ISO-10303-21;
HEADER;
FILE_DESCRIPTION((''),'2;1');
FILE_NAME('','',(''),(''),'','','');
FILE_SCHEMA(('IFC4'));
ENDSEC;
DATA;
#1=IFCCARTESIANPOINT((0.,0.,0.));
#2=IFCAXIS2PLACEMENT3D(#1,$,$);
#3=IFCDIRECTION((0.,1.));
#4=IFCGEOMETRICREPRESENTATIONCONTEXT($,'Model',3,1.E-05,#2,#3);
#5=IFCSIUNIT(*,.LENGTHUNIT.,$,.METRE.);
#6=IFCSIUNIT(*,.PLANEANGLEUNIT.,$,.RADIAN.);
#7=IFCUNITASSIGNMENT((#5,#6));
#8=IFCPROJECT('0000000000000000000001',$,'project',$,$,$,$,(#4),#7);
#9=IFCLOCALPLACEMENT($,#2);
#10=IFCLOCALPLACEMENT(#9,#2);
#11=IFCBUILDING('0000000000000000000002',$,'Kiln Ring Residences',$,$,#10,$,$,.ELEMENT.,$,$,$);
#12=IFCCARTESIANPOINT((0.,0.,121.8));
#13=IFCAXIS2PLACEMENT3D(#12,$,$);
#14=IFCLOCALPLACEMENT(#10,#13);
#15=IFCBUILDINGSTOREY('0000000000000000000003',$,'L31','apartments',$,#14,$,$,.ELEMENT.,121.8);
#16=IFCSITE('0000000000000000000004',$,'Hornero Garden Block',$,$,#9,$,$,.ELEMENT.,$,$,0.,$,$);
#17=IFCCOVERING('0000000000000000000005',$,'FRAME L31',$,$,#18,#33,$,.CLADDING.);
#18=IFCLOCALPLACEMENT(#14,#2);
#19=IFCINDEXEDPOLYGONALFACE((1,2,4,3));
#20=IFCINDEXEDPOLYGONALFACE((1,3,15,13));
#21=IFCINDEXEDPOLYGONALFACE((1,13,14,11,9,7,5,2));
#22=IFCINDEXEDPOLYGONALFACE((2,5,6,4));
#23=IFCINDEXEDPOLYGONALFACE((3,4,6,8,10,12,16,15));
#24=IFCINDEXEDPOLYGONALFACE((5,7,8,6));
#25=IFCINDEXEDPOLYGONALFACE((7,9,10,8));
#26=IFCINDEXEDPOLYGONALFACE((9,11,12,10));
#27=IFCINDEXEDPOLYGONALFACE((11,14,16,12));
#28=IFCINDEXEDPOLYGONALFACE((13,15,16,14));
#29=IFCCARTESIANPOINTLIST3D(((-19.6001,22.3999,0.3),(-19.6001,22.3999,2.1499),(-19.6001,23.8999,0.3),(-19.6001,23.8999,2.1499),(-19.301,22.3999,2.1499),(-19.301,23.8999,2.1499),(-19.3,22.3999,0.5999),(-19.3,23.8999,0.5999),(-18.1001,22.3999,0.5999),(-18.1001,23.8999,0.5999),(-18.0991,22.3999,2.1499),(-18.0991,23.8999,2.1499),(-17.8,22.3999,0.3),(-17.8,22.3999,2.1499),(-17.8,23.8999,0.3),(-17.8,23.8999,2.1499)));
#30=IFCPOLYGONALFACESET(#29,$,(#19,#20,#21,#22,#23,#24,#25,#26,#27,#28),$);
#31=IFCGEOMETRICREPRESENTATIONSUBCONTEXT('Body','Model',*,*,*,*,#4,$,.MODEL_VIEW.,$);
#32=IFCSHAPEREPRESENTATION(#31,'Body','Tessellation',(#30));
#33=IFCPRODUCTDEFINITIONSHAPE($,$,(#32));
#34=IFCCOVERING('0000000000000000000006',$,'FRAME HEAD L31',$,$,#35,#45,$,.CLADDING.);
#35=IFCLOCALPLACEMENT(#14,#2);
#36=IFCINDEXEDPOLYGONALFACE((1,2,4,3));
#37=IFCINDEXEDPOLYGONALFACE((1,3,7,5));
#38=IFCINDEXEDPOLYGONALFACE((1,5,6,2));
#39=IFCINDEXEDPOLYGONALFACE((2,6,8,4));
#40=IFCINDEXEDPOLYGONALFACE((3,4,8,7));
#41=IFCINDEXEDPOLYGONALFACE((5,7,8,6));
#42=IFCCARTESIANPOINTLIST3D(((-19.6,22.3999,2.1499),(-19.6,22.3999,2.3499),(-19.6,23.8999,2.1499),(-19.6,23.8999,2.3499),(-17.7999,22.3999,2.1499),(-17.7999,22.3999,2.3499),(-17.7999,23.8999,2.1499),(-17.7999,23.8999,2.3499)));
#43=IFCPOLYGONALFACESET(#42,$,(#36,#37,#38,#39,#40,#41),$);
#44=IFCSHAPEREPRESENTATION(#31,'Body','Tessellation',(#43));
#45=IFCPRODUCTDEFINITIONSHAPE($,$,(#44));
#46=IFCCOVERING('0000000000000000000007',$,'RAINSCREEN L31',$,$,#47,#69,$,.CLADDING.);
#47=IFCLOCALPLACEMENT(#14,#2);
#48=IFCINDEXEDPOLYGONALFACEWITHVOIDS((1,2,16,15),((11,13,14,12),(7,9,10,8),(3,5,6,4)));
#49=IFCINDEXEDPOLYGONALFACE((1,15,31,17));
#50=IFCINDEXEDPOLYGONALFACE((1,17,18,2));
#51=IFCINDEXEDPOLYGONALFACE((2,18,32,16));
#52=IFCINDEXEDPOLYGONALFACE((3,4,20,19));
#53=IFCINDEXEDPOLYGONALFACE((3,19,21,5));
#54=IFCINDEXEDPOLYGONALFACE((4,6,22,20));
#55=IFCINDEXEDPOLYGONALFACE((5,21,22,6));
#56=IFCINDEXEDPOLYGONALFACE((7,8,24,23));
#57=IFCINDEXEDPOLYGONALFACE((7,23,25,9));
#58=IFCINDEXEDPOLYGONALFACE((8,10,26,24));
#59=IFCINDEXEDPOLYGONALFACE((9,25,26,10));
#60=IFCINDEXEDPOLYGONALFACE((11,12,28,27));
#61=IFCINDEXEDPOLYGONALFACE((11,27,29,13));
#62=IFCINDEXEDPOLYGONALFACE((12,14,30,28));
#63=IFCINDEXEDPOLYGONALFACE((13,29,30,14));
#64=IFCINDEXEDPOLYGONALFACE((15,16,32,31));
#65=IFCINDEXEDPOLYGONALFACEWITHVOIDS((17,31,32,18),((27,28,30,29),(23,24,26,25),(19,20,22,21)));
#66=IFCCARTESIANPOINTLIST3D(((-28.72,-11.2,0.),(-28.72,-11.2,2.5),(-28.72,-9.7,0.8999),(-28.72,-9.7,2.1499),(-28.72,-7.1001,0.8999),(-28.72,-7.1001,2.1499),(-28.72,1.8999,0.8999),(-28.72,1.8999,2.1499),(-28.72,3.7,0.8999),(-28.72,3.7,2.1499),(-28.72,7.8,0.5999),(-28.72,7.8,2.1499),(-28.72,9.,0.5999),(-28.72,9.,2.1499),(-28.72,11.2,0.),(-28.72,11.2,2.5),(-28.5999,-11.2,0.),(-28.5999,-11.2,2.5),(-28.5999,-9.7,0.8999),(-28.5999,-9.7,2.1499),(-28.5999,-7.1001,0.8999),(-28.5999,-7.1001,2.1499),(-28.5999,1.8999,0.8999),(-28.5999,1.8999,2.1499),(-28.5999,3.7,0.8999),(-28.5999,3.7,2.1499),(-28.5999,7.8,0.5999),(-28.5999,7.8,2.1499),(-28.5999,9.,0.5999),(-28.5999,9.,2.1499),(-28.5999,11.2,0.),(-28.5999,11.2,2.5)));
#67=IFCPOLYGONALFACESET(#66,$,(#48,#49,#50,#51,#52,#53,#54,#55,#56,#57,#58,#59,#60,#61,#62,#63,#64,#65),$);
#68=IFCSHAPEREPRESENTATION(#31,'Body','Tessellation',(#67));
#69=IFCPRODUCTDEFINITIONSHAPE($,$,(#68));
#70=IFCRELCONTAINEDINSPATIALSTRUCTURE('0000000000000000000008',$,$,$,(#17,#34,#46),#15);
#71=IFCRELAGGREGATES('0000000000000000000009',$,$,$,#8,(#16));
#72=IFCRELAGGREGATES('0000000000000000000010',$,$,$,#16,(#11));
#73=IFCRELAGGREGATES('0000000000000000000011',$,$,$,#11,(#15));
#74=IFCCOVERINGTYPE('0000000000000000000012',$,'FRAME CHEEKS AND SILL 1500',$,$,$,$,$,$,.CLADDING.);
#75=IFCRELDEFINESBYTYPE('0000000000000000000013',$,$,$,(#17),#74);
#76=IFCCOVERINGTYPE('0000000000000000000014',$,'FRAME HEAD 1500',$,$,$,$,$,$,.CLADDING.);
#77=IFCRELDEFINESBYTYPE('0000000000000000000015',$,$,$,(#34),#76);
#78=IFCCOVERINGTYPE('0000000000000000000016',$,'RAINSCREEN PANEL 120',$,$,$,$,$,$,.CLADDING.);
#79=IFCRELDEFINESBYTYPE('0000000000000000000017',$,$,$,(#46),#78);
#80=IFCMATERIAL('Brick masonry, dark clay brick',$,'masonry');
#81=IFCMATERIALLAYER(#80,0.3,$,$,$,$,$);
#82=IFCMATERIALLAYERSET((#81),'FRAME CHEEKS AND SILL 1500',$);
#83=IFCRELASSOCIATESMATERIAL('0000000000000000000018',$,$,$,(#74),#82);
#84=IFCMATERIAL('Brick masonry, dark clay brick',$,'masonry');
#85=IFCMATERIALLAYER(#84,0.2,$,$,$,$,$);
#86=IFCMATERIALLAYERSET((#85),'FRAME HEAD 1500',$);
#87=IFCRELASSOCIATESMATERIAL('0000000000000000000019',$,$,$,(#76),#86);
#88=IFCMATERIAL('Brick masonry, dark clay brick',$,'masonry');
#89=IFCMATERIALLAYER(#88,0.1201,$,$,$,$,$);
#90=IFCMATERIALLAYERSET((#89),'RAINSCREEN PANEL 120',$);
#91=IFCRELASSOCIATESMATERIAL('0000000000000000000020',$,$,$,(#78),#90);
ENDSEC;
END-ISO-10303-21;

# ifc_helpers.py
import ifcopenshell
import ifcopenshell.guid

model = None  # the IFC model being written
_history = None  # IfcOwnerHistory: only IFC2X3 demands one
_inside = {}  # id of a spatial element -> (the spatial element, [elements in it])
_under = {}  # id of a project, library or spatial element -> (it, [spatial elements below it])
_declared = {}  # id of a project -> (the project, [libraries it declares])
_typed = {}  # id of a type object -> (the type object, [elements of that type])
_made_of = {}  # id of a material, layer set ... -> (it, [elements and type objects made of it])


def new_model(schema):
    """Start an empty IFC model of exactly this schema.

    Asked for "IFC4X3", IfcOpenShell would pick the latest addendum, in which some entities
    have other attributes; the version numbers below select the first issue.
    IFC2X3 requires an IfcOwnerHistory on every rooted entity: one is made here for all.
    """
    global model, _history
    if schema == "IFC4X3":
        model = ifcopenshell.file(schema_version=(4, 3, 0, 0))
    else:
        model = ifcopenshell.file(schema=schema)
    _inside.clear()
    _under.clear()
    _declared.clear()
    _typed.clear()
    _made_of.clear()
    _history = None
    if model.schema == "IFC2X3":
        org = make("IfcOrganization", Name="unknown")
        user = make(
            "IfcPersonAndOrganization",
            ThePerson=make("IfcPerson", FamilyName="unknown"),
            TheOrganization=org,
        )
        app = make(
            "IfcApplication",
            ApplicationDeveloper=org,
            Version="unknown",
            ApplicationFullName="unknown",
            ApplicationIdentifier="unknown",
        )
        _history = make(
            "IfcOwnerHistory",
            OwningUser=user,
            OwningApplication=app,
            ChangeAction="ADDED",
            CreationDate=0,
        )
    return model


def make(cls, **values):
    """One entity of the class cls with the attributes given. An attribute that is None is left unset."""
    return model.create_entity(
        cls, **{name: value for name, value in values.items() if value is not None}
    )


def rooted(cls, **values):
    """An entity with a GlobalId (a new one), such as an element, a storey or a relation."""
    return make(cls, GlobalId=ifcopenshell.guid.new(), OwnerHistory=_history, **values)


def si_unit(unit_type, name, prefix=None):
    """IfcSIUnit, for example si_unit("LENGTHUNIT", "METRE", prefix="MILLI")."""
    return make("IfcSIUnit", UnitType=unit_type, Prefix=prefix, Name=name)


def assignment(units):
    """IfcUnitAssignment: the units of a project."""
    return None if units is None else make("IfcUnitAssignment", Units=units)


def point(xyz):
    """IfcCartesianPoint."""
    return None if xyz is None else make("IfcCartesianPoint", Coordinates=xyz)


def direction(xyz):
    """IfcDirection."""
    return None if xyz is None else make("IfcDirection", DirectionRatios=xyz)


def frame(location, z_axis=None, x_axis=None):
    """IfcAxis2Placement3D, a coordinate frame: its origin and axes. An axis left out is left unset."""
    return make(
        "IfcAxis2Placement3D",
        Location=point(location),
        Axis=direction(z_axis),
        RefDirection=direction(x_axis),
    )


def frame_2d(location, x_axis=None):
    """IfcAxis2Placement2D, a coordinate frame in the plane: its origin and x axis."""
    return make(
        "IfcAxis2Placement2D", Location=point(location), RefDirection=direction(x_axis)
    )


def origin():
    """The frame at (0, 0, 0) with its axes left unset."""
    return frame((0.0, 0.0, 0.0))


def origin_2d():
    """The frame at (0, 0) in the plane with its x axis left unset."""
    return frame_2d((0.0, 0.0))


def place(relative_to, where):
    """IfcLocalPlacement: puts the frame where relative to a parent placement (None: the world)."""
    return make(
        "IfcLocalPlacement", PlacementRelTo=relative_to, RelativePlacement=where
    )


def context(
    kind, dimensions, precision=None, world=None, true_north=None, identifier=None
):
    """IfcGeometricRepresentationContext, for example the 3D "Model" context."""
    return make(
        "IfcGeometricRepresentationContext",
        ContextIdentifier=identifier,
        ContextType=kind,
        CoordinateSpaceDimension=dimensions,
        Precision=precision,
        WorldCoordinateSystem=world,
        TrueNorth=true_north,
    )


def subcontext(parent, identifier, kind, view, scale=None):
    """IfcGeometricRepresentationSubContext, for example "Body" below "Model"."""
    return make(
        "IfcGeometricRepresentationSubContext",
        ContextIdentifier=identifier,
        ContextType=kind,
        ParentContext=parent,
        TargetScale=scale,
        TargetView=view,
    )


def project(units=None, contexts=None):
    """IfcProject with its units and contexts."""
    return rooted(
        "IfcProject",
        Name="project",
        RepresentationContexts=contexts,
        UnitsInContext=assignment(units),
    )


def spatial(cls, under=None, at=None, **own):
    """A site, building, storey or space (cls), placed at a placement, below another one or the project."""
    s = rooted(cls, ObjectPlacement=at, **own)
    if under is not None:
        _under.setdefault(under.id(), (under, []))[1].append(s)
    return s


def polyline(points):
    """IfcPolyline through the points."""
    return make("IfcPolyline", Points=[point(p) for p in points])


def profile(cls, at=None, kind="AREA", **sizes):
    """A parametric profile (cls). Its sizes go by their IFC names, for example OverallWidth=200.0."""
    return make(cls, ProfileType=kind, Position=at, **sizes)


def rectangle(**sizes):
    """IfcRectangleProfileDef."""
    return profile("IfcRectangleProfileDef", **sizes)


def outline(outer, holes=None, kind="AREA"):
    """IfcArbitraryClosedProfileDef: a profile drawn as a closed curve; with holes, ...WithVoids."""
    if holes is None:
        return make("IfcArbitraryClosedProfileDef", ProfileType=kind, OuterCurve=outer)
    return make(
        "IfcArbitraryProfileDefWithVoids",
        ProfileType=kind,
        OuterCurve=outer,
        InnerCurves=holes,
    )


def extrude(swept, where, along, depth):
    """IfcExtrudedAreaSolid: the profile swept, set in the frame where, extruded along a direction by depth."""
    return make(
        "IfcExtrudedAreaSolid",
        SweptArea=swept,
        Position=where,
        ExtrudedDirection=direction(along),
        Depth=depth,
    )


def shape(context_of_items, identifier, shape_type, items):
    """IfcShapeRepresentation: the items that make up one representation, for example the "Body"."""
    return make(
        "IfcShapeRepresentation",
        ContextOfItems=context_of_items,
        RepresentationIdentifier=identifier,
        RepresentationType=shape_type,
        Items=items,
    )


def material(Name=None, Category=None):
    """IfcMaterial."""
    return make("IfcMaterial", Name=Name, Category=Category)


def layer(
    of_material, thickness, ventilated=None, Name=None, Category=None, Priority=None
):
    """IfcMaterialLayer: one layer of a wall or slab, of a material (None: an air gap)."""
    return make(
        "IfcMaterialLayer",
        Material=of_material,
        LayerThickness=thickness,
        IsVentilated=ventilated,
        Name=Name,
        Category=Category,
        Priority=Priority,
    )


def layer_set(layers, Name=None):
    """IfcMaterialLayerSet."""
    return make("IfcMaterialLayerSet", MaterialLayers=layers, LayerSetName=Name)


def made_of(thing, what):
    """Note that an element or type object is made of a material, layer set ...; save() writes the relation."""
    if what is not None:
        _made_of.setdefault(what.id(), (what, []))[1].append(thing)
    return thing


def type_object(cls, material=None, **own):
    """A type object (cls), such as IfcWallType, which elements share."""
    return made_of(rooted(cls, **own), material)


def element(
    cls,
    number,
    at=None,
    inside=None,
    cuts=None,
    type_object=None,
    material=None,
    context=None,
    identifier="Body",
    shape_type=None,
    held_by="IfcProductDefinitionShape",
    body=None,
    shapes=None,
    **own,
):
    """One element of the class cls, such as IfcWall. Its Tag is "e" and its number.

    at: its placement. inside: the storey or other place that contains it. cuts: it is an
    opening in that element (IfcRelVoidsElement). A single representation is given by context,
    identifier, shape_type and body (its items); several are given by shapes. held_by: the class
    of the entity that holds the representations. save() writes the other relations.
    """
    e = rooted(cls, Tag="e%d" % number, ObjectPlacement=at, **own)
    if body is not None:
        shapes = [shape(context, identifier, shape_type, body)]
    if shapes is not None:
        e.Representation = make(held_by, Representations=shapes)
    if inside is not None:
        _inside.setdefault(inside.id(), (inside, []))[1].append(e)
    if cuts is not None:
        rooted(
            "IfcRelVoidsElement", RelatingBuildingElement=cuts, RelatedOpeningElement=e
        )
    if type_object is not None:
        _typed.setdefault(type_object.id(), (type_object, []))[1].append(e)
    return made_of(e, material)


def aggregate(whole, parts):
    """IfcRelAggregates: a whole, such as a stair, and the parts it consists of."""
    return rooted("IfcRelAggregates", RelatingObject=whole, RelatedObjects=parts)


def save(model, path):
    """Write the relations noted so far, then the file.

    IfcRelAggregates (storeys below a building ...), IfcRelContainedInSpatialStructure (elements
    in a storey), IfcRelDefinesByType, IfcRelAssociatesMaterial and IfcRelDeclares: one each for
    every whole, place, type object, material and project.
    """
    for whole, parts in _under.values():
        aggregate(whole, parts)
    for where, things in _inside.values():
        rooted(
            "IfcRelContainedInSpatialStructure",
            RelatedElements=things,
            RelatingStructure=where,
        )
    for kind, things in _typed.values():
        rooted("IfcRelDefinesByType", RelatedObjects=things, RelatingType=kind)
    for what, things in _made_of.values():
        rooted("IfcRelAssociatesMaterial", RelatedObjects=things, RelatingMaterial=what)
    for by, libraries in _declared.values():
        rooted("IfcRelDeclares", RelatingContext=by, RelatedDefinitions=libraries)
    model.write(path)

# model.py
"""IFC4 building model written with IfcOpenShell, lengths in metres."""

from ifc_helpers import new_model, si_unit, direction, frame, origin, origin_2d, place, context, subcontext, project, spatial, polyline, rectangle, outline, extrude, material, layer, layer_set, type_object, element, save


model = new_model("IFC4")

# Units and contexts
model_context = context("Model", 3, precision=1e-05, world=origin(), true_north=direction((0.0, 1.0)))
body_context = subcontext(model_context, "Body", "Model", "MODEL_VIEW")
ifc_project = project(units=[si_unit("LENGTHUNIT", "METRE"), si_unit("PLANEANGLEUNIT", "RADIAN")], contexts=[model_context])

# Site, building, storey
site_placement = place(None, origin())
site = spatial("IfcSite", under=ifc_project, at=site_placement, Name="Hornero Garden Block", CompositionType="ELEMENT", RefElevation=0.0)
building_placement = place(site_placement, origin())
building = spatial("IfcBuilding", under=site, at=building_placement, Name="Kiln Ring Residences", CompositionType="ELEMENT")
storey_placement = place(building_placement, frame((0.0, 0.0, 121.8)))
storey = spatial("IfcBuildingStorey", under=building, at=storey_placement, Name="L31", Description="apartments", CompositionType="ELEMENT", Elevation=121.8)

# Coverings
ifc_material_1 = material(Name="Brick masonry, dark clay brick", Category="masonry")
ifc_layer_1 = layer(ifc_material_1, 0.3)
ifc_layer_set_1 = layer_set([ifc_layer_1], Name="FRAME CHEEKS AND SILL 1500")
covering_type_1 = type_object("IfcCoveringType", Name="FRAME CHEEKS AND SILL 1500", PredefinedType="CLADDING", material=ifc_layer_set_1)
covering_1_placement = place(storey_placement, frame((-17.8, 23.1499, 0.3), z_axis=(0.0, 0.0, 1.0), x_axis=(-1.0, 0.0, 0.0)))
element("IfcCovering", 1, at=covering_1_placement, inside=storey, type_object=covering_type_1, Name="FRAME L31", PredefinedType="CLADDING", context=body_context, shape_type="SweptSolid", body=[
    extrude(outline(polyline([(0.0, 0.0), (1.8, 0.0), (1.8, 1.8499), (1.501, 1.8499), (1.5, 0.2998), (0.3, 0.2998), (0.2991, 1.8499), (0.0, 1.8499), (0.0, 0.0)])), frame((0.0, 0.75, 0.0), z_axis=(0.0, -1.0, 0.0), x_axis=(1.0, 0.0, 0.0)), (0.0, 0.0, 1.0), 1.5),
])
ifc_material_2 = material(Name="Brick masonry, dark clay brick", Category="masonry")
ifc_layer_2 = layer(ifc_material_2, 0.2)
ifc_layer_set_2 = layer_set([ifc_layer_2], Name="FRAME HEAD 1500")
covering_type_2 = type_object("IfcCoveringType", Name="FRAME HEAD 1500", PredefinedType="CLADDING", material=ifc_layer_set_2)
covering_2_placement = place(storey_placement, frame((-18.7, 23.1499, 2.1499), z_axis=(0.0, 0.0, 1.0), x_axis=(-1.0, 0.0, 0.0)))
element("IfcCovering", 2, at=covering_2_placement, inside=storey, type_object=covering_type_2, Name="FRAME HEAD L31", PredefinedType="CLADDING", context=body_context, shape_type="SweptSolid", body=[
    extrude(rectangle(XDim=1.8, YDim=1.5, at=origin_2d()), origin(), (0.0, 0.0, 1.0), 0.2),
])
ifc_material_3 = material(Name="Brick masonry, dark clay brick", Category="masonry")
ifc_layer_3 = layer(ifc_material_3, 0.1201)
ifc_layer_set_3 = layer_set([ifc_layer_3], Name="RAINSCREEN PANEL 120")
covering_type_3 = type_object("IfcCoveringType", Name="RAINSCREEN PANEL 120", PredefinedType="CLADDING", material=ifc_layer_set_3)
covering_3_placement = place(storey_placement, frame((-28.6599, 11.2, 0.0), z_axis=(0.0, 0.0, 1.0), x_axis=(0.0, -1.0, 0.0)))
element("IfcCovering", 3, at=covering_3_placement, inside=storey, type_object=covering_type_3, Name="RAINSCREEN L31", PredefinedType="CLADDING", context=body_context, shape_type="SweptSolid", body=[
    extrude(outline(polyline([(0.0, 0.0), (22.3999, 0.0), (22.3999, 2.5), (0.0, 2.5), (0.0, 0.0)]), holes=[polyline([(3.3999, 2.1499), (2.2, 2.1499), (2.2, 0.5999), (3.3999, 0.5999), (3.3999, 2.1499)]), polyline([(9.3, 0.8999), (9.3, 2.1499), (7.5, 2.1499), (7.5, 0.8999), (9.3, 0.8999)]), polyline([(20.8999, 0.8999), (20.8999, 2.1499), (18.3, 2.1499), (18.3, 0.8999), (20.8999, 0.8999)])]), frame((0.0, 0.0601, 0.0), z_axis=(0.0, -1.0, 0.0), x_axis=(1.0, 0.0, 0.0)), (0.0, 0.0, 1.0), 0.1201),
])

save(model, "model.ifc")
